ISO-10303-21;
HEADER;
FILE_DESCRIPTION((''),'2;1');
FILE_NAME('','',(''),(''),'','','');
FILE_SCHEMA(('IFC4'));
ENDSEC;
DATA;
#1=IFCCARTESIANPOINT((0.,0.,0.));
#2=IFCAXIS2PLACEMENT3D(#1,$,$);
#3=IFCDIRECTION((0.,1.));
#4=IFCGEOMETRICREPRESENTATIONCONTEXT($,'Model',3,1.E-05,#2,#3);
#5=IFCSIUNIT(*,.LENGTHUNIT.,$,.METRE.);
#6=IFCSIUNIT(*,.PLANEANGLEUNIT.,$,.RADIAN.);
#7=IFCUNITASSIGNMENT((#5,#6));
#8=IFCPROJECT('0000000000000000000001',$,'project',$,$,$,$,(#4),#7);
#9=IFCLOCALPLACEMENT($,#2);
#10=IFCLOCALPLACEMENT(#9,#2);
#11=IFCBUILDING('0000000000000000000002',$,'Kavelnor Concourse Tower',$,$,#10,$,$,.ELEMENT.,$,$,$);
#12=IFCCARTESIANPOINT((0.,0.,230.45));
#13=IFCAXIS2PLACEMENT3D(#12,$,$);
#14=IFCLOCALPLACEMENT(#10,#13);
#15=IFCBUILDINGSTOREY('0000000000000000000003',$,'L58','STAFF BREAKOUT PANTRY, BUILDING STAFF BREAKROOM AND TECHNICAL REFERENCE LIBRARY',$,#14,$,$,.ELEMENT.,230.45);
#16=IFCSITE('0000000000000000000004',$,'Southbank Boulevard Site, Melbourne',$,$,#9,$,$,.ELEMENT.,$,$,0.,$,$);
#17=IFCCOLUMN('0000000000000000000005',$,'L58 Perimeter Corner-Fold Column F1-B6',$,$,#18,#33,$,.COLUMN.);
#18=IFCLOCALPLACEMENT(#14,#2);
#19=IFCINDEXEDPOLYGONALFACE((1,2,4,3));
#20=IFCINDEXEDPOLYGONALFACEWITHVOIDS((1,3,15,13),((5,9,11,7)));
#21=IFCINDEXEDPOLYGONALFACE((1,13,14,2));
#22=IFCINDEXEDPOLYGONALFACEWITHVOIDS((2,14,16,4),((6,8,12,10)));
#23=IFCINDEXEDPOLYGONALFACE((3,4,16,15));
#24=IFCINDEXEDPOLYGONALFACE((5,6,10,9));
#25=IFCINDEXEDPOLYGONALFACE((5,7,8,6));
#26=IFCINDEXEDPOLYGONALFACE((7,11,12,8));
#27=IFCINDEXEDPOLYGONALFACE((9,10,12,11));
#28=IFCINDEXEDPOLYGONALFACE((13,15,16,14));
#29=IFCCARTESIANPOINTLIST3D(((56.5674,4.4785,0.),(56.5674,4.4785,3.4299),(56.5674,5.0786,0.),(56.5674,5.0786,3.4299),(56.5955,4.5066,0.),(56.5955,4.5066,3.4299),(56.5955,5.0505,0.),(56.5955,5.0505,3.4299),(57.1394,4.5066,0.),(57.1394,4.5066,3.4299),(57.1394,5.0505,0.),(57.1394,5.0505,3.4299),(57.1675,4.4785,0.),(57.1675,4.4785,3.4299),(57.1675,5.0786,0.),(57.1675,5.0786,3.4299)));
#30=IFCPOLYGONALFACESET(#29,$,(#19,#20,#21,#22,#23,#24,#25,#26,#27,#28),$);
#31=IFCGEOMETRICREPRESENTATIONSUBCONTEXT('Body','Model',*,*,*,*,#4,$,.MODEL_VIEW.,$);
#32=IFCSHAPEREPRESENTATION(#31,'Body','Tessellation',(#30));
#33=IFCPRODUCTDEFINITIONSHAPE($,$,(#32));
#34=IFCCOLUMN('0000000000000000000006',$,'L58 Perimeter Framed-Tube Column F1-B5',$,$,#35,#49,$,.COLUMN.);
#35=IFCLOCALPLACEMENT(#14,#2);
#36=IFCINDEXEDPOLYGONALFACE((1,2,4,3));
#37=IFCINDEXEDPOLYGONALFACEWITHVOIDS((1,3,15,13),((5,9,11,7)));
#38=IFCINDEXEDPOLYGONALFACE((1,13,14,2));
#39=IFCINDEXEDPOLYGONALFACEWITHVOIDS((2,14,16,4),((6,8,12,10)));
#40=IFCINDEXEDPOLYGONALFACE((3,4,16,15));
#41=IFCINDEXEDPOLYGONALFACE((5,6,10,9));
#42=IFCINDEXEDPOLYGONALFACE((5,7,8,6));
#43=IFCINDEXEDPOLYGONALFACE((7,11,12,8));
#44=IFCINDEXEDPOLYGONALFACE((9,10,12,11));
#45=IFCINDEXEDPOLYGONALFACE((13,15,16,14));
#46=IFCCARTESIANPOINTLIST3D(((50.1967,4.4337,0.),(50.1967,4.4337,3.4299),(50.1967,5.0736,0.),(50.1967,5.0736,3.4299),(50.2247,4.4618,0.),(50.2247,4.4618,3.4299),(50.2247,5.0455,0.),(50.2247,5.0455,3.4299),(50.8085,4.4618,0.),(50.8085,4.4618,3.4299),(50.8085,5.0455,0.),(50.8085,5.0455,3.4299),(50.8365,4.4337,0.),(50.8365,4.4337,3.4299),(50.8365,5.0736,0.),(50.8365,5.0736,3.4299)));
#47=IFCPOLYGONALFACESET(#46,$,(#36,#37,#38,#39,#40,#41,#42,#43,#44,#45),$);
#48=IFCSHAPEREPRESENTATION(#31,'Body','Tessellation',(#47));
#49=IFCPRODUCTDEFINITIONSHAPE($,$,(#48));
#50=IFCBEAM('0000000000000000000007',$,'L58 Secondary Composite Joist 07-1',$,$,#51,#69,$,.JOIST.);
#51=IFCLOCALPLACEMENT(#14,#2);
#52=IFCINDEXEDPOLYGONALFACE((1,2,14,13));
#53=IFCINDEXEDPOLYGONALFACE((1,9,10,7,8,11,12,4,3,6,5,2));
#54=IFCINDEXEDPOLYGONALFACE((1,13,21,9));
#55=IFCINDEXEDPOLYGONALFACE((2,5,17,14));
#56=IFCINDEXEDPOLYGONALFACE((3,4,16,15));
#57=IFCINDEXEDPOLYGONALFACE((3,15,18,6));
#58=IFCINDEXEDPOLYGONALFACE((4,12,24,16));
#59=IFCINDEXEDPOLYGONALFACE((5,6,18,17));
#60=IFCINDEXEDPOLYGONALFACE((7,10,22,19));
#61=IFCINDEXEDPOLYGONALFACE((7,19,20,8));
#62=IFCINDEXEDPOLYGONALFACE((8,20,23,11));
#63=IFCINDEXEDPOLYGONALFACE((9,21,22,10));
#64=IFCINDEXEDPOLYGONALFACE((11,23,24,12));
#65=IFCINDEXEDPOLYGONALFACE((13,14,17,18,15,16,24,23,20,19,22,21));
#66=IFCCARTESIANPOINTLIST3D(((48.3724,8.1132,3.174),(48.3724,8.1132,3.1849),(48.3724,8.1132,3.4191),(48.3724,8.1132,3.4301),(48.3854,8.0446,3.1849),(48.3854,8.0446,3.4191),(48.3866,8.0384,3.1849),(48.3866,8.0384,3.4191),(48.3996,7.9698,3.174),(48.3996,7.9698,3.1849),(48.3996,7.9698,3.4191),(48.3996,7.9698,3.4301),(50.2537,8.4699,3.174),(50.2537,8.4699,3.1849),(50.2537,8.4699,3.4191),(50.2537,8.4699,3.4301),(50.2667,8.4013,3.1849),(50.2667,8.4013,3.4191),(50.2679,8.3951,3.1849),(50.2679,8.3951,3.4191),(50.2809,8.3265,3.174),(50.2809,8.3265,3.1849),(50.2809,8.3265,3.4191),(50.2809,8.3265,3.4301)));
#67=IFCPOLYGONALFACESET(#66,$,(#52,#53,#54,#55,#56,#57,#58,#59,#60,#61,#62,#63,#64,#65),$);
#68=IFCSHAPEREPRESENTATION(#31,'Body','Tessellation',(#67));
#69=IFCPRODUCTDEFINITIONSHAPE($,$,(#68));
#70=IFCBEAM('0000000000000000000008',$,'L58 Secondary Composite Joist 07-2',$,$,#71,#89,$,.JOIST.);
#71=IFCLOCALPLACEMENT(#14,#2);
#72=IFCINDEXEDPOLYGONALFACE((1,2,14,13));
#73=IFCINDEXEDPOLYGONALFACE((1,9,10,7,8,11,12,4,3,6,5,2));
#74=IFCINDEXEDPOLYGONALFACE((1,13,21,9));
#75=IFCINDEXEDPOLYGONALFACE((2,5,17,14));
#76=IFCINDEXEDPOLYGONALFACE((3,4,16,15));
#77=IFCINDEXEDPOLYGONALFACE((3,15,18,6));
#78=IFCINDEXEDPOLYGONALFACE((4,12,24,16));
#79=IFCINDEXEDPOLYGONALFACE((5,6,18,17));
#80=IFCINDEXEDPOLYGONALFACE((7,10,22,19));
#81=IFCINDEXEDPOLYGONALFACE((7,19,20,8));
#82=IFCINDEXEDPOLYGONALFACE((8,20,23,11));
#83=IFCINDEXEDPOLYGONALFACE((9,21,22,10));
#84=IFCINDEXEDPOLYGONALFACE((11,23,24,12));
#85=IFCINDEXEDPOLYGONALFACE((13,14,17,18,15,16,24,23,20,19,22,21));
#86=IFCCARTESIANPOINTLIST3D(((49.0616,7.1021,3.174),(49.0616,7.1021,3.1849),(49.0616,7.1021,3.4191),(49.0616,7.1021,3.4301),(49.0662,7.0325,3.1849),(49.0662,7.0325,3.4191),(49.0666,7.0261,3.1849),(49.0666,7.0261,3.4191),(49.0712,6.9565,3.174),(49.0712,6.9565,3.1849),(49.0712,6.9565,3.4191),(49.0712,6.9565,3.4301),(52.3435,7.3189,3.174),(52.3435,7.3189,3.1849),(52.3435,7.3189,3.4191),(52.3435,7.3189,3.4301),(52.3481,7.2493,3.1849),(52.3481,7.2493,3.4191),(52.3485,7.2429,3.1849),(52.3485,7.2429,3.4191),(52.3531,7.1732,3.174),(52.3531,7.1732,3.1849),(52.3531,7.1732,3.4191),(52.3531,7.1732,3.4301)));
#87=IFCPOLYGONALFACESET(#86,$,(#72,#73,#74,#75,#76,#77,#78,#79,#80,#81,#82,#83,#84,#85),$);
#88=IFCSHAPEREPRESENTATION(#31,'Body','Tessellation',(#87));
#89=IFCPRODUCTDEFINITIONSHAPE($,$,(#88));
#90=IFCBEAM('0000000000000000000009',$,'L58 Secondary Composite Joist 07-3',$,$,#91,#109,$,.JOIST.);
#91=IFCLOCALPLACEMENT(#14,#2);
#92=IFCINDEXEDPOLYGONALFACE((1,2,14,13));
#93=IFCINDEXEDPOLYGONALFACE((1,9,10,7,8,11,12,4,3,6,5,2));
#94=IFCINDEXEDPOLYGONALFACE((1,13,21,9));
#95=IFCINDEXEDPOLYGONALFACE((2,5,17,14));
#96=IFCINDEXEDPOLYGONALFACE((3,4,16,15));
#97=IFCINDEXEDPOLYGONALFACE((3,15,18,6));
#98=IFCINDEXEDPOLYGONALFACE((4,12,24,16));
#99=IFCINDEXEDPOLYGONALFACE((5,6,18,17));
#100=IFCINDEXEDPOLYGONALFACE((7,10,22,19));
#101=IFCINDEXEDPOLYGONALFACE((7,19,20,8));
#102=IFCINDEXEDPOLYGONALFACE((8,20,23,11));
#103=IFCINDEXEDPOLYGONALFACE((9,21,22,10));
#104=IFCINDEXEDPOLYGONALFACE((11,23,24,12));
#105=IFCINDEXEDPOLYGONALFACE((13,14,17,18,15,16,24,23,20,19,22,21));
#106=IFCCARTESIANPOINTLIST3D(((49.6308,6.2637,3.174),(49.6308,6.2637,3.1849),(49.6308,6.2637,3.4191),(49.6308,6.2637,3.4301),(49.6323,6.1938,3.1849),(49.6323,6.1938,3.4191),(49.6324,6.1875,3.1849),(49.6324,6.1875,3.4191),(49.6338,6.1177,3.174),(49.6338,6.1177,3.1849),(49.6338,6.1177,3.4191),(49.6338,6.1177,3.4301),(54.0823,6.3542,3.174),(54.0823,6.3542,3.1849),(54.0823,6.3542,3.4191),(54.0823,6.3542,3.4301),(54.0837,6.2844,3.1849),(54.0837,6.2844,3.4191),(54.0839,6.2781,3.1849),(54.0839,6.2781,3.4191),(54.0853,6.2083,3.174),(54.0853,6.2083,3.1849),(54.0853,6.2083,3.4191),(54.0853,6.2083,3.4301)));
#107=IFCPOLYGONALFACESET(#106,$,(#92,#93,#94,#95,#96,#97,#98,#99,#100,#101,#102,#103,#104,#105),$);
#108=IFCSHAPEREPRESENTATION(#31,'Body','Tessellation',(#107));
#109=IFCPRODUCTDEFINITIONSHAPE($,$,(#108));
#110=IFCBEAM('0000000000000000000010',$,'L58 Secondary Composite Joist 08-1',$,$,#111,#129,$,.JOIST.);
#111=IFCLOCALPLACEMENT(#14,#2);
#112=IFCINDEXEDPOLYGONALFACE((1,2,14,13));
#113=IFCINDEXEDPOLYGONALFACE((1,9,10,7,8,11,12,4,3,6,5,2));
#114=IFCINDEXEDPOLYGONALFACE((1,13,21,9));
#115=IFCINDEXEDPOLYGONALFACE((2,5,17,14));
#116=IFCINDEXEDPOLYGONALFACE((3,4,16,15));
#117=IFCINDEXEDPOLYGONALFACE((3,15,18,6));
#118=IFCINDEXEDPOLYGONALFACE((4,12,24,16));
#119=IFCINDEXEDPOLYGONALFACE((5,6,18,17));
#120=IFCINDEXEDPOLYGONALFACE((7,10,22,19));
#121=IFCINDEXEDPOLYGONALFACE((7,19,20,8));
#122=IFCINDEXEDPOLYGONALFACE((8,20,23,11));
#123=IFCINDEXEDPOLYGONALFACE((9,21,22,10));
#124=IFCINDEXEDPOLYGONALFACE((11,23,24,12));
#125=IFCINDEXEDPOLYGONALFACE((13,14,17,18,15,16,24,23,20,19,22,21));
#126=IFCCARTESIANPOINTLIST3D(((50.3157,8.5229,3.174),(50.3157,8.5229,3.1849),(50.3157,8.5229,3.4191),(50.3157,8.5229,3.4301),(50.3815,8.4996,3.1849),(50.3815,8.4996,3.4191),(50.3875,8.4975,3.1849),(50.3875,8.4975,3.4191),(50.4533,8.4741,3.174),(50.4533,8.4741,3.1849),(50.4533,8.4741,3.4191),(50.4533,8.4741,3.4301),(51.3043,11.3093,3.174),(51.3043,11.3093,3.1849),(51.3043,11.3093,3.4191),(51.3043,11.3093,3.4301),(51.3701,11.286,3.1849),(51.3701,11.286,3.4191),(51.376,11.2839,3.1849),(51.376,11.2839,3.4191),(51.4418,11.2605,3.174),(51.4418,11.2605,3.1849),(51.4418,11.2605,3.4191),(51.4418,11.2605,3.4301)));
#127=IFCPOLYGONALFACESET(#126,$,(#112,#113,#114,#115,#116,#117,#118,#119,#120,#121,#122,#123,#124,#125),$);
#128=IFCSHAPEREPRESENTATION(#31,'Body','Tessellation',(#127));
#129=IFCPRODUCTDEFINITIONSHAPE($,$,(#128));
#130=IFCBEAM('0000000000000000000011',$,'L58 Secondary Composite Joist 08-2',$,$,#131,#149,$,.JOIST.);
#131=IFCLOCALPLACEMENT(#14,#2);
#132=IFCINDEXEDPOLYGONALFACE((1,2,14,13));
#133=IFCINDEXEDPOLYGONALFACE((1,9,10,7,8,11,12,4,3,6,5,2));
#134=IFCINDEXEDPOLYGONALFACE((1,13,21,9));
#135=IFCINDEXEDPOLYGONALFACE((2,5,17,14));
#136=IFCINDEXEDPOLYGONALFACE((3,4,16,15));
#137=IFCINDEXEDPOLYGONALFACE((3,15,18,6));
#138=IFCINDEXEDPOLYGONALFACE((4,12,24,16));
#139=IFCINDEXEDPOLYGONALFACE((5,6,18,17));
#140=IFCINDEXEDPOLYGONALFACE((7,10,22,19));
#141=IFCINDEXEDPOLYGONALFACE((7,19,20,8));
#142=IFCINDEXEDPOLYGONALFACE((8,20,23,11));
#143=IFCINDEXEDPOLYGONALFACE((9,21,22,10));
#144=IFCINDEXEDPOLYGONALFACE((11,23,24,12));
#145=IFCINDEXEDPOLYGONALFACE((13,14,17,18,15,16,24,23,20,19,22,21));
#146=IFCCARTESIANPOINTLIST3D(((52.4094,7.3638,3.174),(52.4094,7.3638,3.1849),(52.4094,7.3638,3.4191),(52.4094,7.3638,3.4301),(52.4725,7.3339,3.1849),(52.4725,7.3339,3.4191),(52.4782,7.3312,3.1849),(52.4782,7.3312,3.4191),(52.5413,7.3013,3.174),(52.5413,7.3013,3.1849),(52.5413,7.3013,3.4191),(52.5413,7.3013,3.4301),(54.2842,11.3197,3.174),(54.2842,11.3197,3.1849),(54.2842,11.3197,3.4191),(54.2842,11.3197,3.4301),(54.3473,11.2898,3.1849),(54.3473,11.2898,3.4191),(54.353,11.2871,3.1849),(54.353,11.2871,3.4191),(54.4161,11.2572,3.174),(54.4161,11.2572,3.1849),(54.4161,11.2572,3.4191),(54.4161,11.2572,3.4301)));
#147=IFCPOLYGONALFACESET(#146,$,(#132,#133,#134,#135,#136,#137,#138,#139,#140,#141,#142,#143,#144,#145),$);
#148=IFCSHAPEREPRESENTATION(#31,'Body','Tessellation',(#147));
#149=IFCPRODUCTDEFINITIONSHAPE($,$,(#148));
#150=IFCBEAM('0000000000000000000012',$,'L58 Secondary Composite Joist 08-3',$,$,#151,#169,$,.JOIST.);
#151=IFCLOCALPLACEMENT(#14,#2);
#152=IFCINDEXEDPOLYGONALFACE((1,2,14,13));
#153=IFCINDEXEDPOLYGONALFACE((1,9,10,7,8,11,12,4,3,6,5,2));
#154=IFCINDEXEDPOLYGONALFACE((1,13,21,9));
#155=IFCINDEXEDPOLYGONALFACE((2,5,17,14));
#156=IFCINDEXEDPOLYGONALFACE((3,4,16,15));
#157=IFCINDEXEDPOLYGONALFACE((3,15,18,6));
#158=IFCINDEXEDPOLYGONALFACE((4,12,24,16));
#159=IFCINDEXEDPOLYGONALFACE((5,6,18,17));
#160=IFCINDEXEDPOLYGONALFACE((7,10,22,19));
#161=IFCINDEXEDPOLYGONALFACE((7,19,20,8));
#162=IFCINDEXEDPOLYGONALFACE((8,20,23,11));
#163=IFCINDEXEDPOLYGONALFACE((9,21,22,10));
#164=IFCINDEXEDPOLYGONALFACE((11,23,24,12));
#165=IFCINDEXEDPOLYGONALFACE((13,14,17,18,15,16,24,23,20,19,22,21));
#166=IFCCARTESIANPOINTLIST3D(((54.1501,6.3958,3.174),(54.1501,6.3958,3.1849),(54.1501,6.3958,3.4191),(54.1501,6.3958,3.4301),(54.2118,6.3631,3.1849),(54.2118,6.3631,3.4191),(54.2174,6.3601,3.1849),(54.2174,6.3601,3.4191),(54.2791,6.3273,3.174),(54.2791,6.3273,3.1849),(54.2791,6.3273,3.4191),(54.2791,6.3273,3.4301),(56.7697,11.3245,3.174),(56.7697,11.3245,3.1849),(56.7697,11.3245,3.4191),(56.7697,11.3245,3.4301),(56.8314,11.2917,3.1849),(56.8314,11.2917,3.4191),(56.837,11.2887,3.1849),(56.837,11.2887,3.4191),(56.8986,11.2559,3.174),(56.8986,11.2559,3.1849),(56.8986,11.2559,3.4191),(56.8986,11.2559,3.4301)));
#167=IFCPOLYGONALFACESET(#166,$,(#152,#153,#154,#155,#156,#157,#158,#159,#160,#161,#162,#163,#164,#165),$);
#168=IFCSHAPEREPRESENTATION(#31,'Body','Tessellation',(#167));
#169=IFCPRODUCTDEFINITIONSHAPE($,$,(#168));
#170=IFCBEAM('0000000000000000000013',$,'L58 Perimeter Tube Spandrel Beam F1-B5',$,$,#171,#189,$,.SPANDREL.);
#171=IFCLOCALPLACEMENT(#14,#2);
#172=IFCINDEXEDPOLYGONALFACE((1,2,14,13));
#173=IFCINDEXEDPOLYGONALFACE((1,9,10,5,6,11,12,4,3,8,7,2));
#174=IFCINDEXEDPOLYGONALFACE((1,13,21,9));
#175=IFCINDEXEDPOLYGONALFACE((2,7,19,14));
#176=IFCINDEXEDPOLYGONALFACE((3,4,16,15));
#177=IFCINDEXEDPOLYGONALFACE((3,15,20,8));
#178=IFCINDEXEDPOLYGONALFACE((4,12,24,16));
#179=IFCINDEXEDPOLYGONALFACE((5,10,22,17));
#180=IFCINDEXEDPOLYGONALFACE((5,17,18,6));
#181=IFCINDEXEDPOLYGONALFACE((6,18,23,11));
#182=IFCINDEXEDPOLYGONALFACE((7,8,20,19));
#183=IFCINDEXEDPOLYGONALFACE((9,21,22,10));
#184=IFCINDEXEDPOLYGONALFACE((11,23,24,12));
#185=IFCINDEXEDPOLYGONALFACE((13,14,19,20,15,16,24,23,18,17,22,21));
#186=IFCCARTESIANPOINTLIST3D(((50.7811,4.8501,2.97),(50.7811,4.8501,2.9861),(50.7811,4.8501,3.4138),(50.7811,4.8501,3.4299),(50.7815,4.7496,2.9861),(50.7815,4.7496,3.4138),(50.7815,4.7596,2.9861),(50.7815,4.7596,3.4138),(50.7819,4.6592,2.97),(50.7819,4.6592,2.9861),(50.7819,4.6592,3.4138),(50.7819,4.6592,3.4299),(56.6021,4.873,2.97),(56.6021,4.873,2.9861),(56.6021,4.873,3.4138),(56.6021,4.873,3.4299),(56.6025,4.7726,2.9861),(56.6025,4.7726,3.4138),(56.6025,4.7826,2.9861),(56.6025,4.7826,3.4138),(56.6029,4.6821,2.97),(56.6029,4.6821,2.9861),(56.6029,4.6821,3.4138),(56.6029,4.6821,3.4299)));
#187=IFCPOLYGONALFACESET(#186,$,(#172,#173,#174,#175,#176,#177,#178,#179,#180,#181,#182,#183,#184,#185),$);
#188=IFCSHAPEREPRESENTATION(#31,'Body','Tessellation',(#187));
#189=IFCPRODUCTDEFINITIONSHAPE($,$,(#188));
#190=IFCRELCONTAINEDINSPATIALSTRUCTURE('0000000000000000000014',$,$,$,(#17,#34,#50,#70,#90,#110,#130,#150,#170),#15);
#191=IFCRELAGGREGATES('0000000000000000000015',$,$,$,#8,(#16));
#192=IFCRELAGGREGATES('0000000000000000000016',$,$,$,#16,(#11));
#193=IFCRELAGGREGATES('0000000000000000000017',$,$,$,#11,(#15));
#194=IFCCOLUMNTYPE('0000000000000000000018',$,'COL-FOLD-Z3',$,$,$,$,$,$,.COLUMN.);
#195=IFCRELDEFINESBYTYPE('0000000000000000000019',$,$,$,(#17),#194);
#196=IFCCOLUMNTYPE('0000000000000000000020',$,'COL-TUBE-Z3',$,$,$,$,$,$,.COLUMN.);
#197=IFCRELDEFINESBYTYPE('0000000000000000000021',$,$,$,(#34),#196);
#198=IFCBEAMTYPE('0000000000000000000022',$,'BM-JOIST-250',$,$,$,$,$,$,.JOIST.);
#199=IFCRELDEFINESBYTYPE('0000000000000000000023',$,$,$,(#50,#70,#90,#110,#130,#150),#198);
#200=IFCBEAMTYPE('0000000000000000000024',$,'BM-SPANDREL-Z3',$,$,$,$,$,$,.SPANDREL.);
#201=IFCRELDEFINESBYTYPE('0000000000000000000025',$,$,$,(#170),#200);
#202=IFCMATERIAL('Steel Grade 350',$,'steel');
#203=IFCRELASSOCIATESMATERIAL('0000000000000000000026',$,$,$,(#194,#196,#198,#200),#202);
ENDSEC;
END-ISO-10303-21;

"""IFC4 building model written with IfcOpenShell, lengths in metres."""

from ifc_helpers import new_model, si_unit, direction, frame, origin, origin_2d, place, context, subcontext, project, spatial, hollow_rectangle, i_section, extrude, material, material_profile, profile_set, type_object, element, save


model = new_model("IFC4")

# Units and contexts
model_context = context("Model", 3, precision=1e-05, world=origin(), true_north=direction((0.0, 1.0)))
body_context = subcontext(model_context, "Body", "Model", "MODEL_VIEW")
ifc_project = project(units=[si_unit("LENGTHUNIT", "METRE"), si_unit("PLANEANGLEUNIT", "RADIAN")], contexts=[model_context])

# Site, building, storey
site_placement = place(None, origin())
site = spatial("IfcSite", under=ifc_project, at=site_placement, Name="Southbank Boulevard Site, Melbourne", CompositionType="ELEMENT", RefElevation=0.0)
building_placement = place(site_placement, origin())
building = spatial("IfcBuilding", under=site, at=building_placement, Name="Kavelnor Concourse Tower", CompositionType="ELEMENT")
storey_placement = place(building_placement, frame((0.0, 0.0, 230.45)))
storey = spatial("IfcBuildingStorey", under=building, at=storey_placement, Name="L58", Description="STAFF BREAKOUT PANTRY, BUILDING STAFF BREAKROOM AND TECHNICAL REFERENCE LIBRARY", CompositionType="ELEMENT", Elevation=230.45)

# Columns
ifc_material_1 = material(Name="Steel Grade 350", Category="steel")
ifc_material_profile_1 = material_profile(ifc_material_1, hollow_rectangle(XDim=0.6001, YDim=0.6001, WallThickness=0.0281, at=origin_2d()), Name="SHS 600x600x28")
ifc_profile_set_1 = profile_set([ifc_material_profile_1], Name="Steel Grade 350")
column_type_1 = type_object("IfcColumnType", Name="COL-FOLD-Z3", PredefinedType="COLUMN", material=ifc_profile_set_1)
column_1_placement = place(storey_placement, frame((56.8674, 4.7786, 0.0), z_axis=(0.0, 0.0, 1.0), x_axis=(1.0, 0.0, 0.0)))
element("IfcColumn", 1, at=column_1_placement, inside=storey, type_object=column_type_1, Name="L58 Perimeter Corner-Fold Column F1-B6", PredefinedType="COLUMN", context=body_context, shape_type="SweptSolid", body=[
    extrude(hollow_rectangle(XDim=0.6001, YDim=0.6001, WallThickness=0.0281, at=origin_2d()), origin(), (0.0, 0.0, 1.0), 3.4299),
])
ifc_material_profile_2 = material_profile(ifc_material_1, hollow_rectangle(XDim=0.6399, YDim=0.6399, WallThickness=0.0281, at=origin_2d()), Name="SHS 640x640x28")
ifc_profile_set_2 = profile_set([ifc_material_profile_2], Name="Steel Grade 350")
column_type_2 = type_object("IfcColumnType", Name="COL-TUBE-Z3", PredefinedType="COLUMN", material=ifc_profile_set_2)
column_2_placement = place(storey_placement, frame((50.5166, 4.7537, 0.0), z_axis=(0.0, 0.0, 1.0), x_axis=(1.0, 0.0, 0.0)))
element("IfcColumn", 2, at=column_2_placement, inside=storey, type_object=column_type_2, Name="L58 Perimeter Framed-Tube Column F1-B5", PredefinedType="COLUMN", context=body_context, shape_type="SweptSolid", body=[
    extrude(hollow_rectangle(XDim=0.6399, YDim=0.6399, WallThickness=0.0281, at=origin_2d()), origin(), (0.0, 0.0, 1.0), 3.4299),
])

# Beams
ifc_material_profile_3 = material_profile(ifc_material_1, i_section(OverallWidth=0.146, OverallDepth=0.2561, WebThickness=0.0063, FlangeThickness=0.011, at=origin_2d()), Name="250UB37")
ifc_profile_set_3 = profile_set([ifc_material_profile_3], Name="Steel Grade 350")
beam_type_1 = type_object("IfcBeamType", Name="BM-JOIST-250", PredefinedType="JOIST", material=ifc_profile_set_3)
beam_1_placement = place(storey_placement, frame((48.386, 8.0415, 3.302), z_axis=(0.982498, 0.186274, 0.0), x_axis=(-0.186274, 0.982498, 0.0)))
element("IfcBeam", 3, at=beam_1_placement, inside=storey, type_object=beam_type_1, Name="L58 Secondary Composite Joist 07-1", PredefinedType="JOIST", context=body_context, shape_type="SweptSolid", body=[
    extrude(i_section(OverallWidth=0.146, OverallDepth=0.2561, WebThickness=0.0063, FlangeThickness=0.011, at=origin_2d()), origin(), (0.0, 0.0, 1.0), 1.9148),
])
beam_2_placement = place(storey_placement, frame((49.0664, 7.0293, 3.302), z_axis=(0.997825, 0.065913, 0.0), x_axis=(-0.065913, 0.997825, 0.0)))
element("IfcBeam", 4, at=beam_2_placement, inside=storey, type_object=beam_type_1, Name="L58 Secondary Composite Joist 07-2", PredefinedType="JOIST", context=body_context, shape_type="SweptSolid", body=[
    extrude(i_section(OverallWidth=0.146, OverallDepth=0.2561, WebThickness=0.0063, FlangeThickness=0.011, at=origin_2d()), origin(), (0.0, 0.0, 1.0), 3.2891),
])
beam_3_placement = place(storey_placement, frame((49.6323, 6.1907, 3.302), z_axis=(0.999793, 0.020344, 0.0), x_axis=(-0.020344, 0.999793, 0.0)))
element("IfcBeam", 5, at=beam_3_placement, inside=storey, type_object=beam_type_1, Name="L58 Secondary Composite Joist 07-3", PredefinedType="JOIST", context=body_context, shape_type="SweptSolid", body=[
    extrude(i_section(OverallWidth=0.146, OverallDepth=0.2561, WebThickness=0.0063, FlangeThickness=0.011, at=origin_2d()), origin(), (0.0, 0.0, 1.0), 4.4524),
])
beam_4_placement = place(storey_placement, frame((50.3845, 8.4985, 3.302), z_axis=(0.334353, 0.942448, 0.0), x_axis=(-0.942448, 0.334353, 0.0)))
element("IfcBeam", 6, at=beam_4_placement, inside=storey, type_object=beam_type_1, Name="L58 Secondary Composite Joist 08-1", PredefinedType="JOIST", context=body_context, shape_type="SweptSolid", body=[
    extrude(i_section(OverallWidth=0.146, OverallDepth=0.2561, WebThickness=0.0063, FlangeThickness=0.011, at=origin_2d()), origin(), (0.0, 0.0, 1.0), 2.9565),
])
beam_5_placement = place(storey_placement, frame((52.4753, 7.3325, 3.302), z_axis=(0.428264, 0.903654, 0.0), x_axis=(-0.903654, 0.428264, 0.0)))
element("IfcBeam", 7, at=beam_5_placement, inside=storey, type_object=beam_type_1, Name="L58 Secondary Composite Joist 08-2", PredefinedType="JOIST", context=body_context, shape_type="SweptSolid", body=[
    extrude(i_section(OverallWidth=0.146, OverallDepth=0.2561, WebThickness=0.0063, FlangeThickness=0.011, at=origin_2d()), origin(), (0.0, 0.0, 1.0), 4.3777),
])
beam_6_placement = place(storey_placement, frame((54.2146, 6.3616, 3.302), z_axis=(0.46933, 0.883023, 0.0), x_axis=(-0.883023, 0.46933, 0.0)))
element("IfcBeam", 8, at=beam_6_placement, inside=storey, type_object=beam_type_1, Name="L58 Secondary Composite Joist 08-3", PredefinedType="JOIST", context=body_context, shape_type="SweptSolid", body=[
    extrude(i_section(OverallWidth=0.146, OverallDepth=0.2561, WebThickness=0.0063, FlangeThickness=0.011, at=origin_2d()), origin(), (0.0, 0.0, 1.0), 5.5815),
])
ifc_material_profile_4 = material_profile(ifc_material_1, i_section(OverallWidth=0.1909, OverallDepth=0.46, WebThickness=0.01, FlangeThickness=0.0161, at=origin_2d()), Name="460UB82")
ifc_profile_set_4 = profile_set([ifc_material_profile_4], Name="Steel Grade 350")
beam_type_2 = type_object("IfcBeamType", Name="BM-SPANDREL-Z3", PredefinedType="SPANDREL", material=ifc_profile_set_4)
beam_7_placement = place(storey_placement, frame((50.7815, 4.7546, 3.2), z_axis=(0.999992, 0.003942, 0.0), x_axis=(-0.003942, 0.999992, 0.0)))
element("IfcBeam", 9, at=beam_7_placement, inside=storey, type_object=beam_type_2, Name="L58 Perimeter Tube Spandrel Beam F1-B5", PredefinedType="SPANDREL", context=body_context, shape_type="SweptSolid", body=[
    extrude(i_section(OverallWidth=0.1909, OverallDepth=0.46, WebThickness=0.01, FlangeThickness=0.0161, at=origin_2d()), origin(), (0.0, 0.0, 1.0), 5.821),
])

save(model, "model.ifc")
